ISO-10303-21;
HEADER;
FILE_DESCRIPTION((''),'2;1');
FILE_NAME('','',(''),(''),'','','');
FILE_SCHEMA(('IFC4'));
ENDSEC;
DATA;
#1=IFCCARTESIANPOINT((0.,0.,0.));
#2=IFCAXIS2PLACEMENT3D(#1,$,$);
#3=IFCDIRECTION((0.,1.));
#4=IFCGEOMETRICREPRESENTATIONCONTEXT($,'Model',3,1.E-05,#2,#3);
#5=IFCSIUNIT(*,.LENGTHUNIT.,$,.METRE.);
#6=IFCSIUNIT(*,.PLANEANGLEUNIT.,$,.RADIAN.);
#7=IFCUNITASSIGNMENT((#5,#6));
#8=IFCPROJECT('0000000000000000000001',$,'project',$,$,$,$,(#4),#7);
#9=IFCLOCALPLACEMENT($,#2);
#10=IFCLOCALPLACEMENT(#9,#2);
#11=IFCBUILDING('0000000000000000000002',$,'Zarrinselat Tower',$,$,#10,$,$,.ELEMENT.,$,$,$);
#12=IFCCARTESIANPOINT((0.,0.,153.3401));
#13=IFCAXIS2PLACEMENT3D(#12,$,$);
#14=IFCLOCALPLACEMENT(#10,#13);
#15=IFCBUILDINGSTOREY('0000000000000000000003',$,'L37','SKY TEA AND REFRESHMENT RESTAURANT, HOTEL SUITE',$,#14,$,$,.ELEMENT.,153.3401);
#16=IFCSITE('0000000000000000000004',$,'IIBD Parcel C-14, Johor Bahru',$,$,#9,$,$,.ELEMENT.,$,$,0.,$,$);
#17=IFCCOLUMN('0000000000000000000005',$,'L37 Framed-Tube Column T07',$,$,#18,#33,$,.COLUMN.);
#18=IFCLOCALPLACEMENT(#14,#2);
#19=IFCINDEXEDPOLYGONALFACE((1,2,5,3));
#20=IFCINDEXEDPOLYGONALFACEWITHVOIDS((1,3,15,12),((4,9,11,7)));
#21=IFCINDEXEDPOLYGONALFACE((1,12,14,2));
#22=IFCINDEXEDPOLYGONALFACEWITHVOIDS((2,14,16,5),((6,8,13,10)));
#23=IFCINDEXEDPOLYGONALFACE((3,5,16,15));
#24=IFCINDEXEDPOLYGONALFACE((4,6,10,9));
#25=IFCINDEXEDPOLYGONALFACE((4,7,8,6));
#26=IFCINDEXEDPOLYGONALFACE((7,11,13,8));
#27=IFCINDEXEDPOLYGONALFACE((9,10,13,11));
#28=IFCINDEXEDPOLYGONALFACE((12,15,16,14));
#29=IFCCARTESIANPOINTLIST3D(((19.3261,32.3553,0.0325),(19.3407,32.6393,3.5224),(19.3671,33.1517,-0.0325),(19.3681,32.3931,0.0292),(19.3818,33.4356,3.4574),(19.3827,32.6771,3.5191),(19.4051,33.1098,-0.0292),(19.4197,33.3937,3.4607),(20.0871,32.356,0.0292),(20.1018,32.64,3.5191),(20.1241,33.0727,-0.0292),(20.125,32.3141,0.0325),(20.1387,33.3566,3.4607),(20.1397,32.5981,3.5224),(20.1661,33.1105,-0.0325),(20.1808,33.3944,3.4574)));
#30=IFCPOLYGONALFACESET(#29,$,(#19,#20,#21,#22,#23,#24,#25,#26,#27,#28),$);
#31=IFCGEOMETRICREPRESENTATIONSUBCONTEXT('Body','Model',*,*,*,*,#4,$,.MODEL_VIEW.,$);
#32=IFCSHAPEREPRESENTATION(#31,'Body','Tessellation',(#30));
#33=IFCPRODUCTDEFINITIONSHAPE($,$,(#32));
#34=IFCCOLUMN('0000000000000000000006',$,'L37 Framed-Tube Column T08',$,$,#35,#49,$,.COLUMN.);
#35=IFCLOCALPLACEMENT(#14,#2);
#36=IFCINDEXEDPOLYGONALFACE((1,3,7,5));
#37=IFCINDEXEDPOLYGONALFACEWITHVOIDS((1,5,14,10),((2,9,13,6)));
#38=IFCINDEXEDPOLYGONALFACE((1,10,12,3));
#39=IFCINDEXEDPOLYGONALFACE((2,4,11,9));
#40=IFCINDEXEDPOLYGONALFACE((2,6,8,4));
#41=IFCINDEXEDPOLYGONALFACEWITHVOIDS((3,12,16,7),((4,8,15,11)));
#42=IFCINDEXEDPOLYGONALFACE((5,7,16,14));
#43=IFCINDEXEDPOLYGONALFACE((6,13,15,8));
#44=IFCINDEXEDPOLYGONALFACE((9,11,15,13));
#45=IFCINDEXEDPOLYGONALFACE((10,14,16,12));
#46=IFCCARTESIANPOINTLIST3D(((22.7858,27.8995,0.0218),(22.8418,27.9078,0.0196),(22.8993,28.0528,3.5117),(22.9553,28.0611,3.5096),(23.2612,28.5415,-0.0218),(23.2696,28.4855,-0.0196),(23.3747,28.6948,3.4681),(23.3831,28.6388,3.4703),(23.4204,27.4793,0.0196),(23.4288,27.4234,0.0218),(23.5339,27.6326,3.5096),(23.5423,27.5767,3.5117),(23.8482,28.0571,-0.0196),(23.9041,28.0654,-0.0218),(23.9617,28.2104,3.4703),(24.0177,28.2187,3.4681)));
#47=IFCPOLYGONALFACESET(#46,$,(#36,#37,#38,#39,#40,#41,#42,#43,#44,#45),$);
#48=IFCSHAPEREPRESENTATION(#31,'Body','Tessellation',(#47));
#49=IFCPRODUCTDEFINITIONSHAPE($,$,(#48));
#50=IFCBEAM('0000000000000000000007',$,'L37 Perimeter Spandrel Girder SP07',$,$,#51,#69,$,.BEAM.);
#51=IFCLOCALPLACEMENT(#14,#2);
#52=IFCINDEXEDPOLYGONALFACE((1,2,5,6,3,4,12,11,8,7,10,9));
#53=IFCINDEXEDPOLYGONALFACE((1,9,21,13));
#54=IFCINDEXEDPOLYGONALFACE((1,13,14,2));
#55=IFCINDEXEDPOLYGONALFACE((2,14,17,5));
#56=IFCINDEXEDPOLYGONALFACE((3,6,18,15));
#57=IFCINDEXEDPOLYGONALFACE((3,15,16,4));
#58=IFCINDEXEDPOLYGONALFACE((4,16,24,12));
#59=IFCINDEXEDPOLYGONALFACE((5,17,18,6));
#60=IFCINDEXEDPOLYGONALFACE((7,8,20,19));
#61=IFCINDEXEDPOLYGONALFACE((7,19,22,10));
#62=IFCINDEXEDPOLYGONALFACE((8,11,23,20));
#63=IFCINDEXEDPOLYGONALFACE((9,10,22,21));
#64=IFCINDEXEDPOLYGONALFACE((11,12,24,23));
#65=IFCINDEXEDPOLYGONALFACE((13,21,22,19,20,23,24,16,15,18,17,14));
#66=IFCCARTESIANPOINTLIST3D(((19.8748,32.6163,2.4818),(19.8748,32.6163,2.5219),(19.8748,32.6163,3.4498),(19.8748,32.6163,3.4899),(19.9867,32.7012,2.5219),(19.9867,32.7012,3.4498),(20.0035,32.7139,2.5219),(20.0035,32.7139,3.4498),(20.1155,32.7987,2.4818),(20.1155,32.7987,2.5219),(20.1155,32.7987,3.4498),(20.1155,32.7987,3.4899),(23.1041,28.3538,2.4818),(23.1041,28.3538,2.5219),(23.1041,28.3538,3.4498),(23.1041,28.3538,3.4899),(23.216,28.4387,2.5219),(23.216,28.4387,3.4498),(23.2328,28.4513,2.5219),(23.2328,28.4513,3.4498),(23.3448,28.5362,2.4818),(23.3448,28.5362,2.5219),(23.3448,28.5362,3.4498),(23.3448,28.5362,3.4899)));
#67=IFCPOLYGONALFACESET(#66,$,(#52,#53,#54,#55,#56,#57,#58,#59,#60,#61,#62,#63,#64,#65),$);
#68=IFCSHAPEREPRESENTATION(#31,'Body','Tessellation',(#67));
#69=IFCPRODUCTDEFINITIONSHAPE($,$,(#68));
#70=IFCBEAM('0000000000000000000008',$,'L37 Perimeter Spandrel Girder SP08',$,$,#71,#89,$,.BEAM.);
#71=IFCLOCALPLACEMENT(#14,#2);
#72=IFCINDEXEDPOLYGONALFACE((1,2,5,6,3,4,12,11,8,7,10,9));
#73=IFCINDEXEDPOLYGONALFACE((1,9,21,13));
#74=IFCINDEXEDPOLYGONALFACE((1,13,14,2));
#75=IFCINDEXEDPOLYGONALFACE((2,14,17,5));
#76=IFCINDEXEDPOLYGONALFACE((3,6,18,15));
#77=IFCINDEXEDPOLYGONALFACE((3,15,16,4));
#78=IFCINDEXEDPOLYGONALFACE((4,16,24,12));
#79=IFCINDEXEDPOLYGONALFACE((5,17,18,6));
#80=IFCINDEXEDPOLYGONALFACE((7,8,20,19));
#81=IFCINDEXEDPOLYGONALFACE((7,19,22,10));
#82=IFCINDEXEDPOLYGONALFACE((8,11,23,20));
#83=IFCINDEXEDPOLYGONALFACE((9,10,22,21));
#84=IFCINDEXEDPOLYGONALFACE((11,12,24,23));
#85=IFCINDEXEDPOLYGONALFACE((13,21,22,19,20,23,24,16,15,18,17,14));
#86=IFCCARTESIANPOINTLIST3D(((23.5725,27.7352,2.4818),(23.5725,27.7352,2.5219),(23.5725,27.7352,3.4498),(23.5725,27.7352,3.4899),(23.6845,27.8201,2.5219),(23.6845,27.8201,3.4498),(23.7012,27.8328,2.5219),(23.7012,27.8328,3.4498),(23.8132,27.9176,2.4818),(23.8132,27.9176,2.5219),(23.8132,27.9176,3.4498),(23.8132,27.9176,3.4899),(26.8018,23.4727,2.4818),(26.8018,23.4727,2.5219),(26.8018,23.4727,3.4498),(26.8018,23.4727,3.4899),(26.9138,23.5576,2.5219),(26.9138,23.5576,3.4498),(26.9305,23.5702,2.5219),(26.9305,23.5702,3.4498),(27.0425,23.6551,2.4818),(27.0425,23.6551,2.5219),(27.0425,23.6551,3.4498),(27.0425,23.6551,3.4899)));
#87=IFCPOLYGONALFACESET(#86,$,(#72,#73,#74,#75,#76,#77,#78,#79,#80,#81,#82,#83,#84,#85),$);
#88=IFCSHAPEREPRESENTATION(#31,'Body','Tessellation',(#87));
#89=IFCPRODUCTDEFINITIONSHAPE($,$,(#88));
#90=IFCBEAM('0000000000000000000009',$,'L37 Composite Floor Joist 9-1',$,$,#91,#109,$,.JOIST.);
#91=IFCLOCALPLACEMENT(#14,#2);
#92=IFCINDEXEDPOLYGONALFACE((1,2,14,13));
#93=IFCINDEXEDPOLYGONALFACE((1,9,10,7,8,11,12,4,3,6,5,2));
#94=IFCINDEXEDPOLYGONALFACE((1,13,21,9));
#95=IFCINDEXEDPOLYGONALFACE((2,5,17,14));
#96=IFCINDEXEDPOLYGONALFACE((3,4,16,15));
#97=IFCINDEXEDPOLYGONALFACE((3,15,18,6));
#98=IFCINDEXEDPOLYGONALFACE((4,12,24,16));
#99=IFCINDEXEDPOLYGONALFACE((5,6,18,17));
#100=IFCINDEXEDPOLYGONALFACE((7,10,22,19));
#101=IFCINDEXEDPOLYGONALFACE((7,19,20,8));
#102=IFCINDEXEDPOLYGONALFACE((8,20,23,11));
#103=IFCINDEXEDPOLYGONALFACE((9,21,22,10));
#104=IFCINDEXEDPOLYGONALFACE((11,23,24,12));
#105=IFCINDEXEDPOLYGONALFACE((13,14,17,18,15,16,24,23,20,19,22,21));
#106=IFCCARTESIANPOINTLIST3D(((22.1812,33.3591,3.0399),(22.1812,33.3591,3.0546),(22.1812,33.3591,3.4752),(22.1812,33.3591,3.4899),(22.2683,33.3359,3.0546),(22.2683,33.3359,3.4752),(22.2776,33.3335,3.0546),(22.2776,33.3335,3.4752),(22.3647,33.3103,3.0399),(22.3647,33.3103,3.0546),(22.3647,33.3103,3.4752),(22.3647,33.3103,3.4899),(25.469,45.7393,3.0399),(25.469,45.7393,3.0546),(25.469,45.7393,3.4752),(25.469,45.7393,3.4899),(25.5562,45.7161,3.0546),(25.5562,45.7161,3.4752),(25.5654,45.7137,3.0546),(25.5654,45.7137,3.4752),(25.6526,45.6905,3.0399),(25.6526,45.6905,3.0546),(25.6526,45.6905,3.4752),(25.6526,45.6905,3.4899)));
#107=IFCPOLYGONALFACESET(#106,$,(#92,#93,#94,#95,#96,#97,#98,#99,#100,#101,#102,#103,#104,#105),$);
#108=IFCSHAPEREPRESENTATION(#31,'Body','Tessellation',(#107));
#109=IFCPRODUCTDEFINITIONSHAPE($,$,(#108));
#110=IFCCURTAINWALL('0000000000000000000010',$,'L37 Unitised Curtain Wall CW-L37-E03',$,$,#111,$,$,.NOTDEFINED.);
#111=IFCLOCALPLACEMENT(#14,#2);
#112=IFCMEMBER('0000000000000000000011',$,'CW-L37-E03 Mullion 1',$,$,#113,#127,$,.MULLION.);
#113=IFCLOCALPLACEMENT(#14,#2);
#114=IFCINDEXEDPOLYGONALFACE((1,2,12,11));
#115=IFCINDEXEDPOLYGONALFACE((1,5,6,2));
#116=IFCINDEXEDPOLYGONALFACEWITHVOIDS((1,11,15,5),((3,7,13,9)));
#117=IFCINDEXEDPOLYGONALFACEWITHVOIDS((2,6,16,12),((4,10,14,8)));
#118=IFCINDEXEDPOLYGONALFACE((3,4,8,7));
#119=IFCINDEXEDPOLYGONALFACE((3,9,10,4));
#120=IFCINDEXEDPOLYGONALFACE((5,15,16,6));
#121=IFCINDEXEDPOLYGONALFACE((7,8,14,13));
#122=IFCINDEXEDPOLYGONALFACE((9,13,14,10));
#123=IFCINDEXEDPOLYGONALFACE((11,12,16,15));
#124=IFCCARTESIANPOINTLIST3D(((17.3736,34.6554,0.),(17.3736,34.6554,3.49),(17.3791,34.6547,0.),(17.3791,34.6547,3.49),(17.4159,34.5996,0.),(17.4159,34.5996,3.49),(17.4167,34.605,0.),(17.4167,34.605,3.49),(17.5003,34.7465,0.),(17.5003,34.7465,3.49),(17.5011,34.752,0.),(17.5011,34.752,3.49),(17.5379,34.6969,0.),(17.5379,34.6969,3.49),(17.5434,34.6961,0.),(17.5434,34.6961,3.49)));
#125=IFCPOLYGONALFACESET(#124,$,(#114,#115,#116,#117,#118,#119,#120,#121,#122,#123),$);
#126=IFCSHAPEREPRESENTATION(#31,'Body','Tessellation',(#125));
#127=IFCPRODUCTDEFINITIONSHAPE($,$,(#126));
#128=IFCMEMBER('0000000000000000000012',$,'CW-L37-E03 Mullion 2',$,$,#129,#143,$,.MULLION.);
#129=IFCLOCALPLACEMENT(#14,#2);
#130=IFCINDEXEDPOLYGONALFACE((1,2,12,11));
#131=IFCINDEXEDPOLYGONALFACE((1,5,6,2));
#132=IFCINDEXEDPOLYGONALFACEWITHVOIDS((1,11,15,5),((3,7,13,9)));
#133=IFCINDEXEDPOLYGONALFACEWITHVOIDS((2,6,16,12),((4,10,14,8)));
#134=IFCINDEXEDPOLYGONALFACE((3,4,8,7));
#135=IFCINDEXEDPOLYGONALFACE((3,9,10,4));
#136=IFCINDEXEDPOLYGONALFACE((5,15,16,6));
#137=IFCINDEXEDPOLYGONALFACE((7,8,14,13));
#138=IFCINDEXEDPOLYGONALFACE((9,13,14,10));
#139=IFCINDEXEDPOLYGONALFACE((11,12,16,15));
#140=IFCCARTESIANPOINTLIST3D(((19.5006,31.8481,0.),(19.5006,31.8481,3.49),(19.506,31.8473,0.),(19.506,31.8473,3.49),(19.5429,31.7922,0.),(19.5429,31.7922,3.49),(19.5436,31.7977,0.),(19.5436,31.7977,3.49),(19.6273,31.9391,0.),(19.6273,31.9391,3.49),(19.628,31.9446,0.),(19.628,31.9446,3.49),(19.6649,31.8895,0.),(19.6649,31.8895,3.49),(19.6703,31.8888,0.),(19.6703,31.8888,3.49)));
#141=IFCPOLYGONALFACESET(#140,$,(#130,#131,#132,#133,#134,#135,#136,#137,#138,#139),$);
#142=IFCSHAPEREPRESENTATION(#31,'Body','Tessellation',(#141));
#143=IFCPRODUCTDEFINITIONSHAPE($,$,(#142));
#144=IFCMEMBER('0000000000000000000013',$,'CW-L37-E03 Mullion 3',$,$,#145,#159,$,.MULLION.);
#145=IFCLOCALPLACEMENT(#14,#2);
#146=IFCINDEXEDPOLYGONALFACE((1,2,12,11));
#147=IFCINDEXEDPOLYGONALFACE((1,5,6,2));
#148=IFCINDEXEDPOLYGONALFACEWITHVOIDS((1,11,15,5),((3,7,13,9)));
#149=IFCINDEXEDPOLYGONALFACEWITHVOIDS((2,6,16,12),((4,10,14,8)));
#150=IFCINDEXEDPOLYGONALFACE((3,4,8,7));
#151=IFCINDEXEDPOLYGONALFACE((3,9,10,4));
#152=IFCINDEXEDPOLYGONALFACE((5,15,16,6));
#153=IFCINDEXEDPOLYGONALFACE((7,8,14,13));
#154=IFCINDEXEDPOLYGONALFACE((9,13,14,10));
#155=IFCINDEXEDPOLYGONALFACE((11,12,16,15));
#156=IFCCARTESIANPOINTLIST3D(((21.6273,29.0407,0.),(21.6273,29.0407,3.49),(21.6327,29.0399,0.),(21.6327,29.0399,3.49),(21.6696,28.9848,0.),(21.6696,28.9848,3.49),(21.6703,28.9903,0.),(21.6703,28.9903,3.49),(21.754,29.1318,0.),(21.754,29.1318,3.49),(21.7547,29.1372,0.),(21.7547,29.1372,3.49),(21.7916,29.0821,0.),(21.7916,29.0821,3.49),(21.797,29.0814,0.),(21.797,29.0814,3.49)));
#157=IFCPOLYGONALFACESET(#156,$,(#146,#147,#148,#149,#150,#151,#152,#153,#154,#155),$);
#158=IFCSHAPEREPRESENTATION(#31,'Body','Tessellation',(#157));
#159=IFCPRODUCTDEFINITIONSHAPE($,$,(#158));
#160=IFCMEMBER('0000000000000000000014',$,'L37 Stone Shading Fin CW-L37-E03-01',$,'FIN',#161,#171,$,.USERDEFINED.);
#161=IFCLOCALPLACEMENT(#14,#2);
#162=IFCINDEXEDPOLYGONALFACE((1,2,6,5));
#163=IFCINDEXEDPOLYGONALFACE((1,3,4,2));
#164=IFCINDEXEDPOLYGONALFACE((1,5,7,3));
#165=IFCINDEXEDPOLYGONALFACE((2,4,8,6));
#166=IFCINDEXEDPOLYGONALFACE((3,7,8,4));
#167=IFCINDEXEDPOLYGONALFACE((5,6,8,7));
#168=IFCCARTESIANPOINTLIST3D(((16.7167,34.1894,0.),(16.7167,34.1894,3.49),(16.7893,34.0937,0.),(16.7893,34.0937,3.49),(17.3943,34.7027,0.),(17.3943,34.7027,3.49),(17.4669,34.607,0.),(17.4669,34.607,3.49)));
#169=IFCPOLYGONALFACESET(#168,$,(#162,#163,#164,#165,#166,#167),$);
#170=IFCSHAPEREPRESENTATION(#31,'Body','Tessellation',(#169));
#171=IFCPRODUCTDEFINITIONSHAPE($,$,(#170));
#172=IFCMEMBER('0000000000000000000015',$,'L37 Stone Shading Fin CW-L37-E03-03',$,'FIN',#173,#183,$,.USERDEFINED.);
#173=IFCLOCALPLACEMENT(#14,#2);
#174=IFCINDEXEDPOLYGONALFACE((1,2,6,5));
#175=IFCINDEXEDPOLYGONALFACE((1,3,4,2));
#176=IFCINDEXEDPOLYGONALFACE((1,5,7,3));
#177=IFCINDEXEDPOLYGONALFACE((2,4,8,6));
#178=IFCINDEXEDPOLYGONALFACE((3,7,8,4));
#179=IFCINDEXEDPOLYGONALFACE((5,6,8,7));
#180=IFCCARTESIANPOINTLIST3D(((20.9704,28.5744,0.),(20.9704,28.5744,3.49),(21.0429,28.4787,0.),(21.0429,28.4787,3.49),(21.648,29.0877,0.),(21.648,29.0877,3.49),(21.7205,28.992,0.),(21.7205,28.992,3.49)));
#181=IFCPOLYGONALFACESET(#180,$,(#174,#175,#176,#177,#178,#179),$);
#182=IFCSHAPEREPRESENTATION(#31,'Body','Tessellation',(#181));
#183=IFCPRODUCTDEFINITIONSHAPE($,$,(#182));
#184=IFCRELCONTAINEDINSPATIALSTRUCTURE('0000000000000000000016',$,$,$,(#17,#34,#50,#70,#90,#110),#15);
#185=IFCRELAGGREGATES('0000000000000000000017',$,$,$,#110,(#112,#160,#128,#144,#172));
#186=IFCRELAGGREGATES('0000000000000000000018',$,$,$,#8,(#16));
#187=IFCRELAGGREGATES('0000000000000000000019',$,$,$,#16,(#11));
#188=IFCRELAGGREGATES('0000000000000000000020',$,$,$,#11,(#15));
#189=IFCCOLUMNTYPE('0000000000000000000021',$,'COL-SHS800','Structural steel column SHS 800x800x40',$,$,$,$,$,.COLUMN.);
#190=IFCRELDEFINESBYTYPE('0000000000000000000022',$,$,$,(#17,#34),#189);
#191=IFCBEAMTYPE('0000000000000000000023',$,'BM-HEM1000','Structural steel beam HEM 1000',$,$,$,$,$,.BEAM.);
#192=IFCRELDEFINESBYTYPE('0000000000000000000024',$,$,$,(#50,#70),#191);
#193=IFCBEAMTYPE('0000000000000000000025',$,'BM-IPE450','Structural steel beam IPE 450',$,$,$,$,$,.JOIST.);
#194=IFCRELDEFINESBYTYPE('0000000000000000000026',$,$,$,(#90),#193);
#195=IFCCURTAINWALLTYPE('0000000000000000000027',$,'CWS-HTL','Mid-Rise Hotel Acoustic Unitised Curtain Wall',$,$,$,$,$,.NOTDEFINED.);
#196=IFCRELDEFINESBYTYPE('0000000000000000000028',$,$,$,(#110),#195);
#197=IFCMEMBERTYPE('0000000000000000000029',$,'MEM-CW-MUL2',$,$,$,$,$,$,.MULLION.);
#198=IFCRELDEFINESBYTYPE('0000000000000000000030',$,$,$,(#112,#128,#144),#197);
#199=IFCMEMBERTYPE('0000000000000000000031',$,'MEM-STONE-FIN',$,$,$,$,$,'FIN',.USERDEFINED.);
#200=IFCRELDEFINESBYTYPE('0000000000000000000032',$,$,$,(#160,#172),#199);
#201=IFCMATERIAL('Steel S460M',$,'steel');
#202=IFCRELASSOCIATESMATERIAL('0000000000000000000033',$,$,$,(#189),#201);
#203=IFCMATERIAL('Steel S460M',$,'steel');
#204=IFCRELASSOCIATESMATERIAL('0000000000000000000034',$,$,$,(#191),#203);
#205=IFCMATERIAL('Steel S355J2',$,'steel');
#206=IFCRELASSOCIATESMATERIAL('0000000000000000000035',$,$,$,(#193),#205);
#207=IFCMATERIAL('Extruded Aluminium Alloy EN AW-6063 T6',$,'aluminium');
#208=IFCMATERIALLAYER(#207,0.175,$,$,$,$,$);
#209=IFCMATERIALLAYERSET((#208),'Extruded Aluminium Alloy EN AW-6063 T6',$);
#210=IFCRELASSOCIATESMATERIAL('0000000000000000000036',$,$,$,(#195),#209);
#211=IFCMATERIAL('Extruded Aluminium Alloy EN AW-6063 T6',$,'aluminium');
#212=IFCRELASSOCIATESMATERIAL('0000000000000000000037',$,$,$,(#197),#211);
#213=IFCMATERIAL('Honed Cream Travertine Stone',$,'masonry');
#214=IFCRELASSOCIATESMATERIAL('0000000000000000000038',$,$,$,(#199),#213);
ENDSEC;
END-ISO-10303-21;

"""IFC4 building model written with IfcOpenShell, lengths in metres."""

from ifc_helpers import new_model, si_unit, direction, frame, origin, origin_2d, place, context, subcontext, project, spatial, rectangle, hollow_rectangle, i_section, extrude, material, layer, layer_set, material_profile, profile_set, type_object, element, aggregate, save


model = new_model("IFC4")

# Units and contexts
model_context = context("Model", 3, precision=1e-05, world=origin(), true_north=direction((0.0, 1.0)))
body_context = subcontext(model_context, "Body", "Model", "MODEL_VIEW")
ifc_project = project(units=[si_unit("LENGTHUNIT", "METRE"), si_unit("PLANEANGLEUNIT", "RADIAN")], contexts=[model_context])

# Site, building, storey
site_placement = place(None, origin())
site = spatial("IfcSite", under=ifc_project, at=site_placement, Name="IIBD Parcel C-14, Johor Bahru", CompositionType="ELEMENT", RefElevation=0.0)
building_placement = place(site_placement, origin())
building = spatial("IfcBuilding", under=site, at=building_placement, Name="Zarrinselat Tower", CompositionType="ELEMENT")
storey_placement = place(building_placement, frame((0.0, 0.0, 153.3401)))
storey = spatial("IfcBuildingStorey", under=building, at=storey_placement, Name="L37", Description="SKY TEA AND REFRESHMENT RESTAURANT, HOTEL SUITE", CompositionType="ELEMENT", Elevation=153.3401)

# Columns
ifc_material_1 = material(Name="Steel S460M", Category="steel")
ifc_material_profile_1 = material_profile(ifc_material_1, hollow_rectangle(XDim=0.8, YDim=0.8, WallThickness=0.04, at=origin_2d()), Name="SHS 800x800x40")
ifc_profile_set_1 = profile_set([ifc_material_profile_1], Name="Steel S460M")
column_type = type_object("IfcColumnType", Name="COL-SHS800", Description="Structural steel column SHS 800x800x40", PredefinedType="COLUMN", material=ifc_profile_set_1)
column_1_placement = place(storey_placement, frame((19.7461, 32.7329, 0.0), z_axis=(0.004183, 0.081088, 0.996698), x_axis=(-0.998672, 0.051522, 0.0)))
element("IfcColumn", 1, at=column_1_placement, inside=storey, type_object=column_type, Name="L37 Framed-Tube Column T07", PredefinedType="COLUMN", context=body_context, shape_type="SweptSolid", body=[
    extrude(hollow_rectangle(XDim=0.8, YDim=0.8, WallThickness=0.04, at=origin_2d()), origin(), (0.0, 0.0, 1.0), 3.5015),
])
column_2_placement = place(storey_placement, frame((23.345, 27.9824, 0.0), z_axis=(0.03248, 0.043866, 0.998509), x_axis=(-0.803671, 0.595075, 0.0)))
element("IfcColumn", 2, at=column_2_placement, inside=storey, type_object=column_type, Name="L37 Framed-Tube Column T08", PredefinedType="COLUMN", context=body_context, shape_type="SweptSolid", body=[
    extrude(hollow_rectangle(XDim=0.8, YDim=0.8, WallThickness=0.04, at=origin_2d()), origin(), (0.0, 0.0, 1.0), 3.4951),
])

# Beams
ifc_material_2 = material(Name="Steel S460M", Category="steel")
ifc_material_profile_2 = material_profile(ifc_material_2, i_section(OverallWidth=0.302, OverallDepth=1.0081, WebThickness=0.021, FlangeThickness=0.04, at=origin_2d()), Name="HEM 1000")
ifc_profile_set_2 = profile_set([ifc_material_profile_2], Name="Steel S460M")
beam_type_1 = type_object("IfcBeamType", Name="BM-HEM1000", Description="Structural steel beam HEM 1000", PredefinedType="BEAM", material=ifc_profile_set_2)
for number, where, z_axis, x_axis, name in (
    (3, (19.9951, 32.7075, 2.9858), (0.603872, -0.797081, 0.0), (0.797081, 0.603872, 0.0), "L37 Perimeter Spandrel Girder SP07"),
    (4, (23.6929, 27.8264, 2.9858), (0.603872, -0.797081, 0.0), (0.797081, 0.603872, 0.0), "L37 Perimeter Spandrel Girder SP08"),
):
    element("IfcBeam", number, at=place(storey_placement, frame(where, z_axis=z_axis, x_axis=x_axis)), inside=storey, type_object=beam_type_1, Name=name, PredefinedType="BEAM", context=body_context, shape_type="SweptSolid", body=[
        extrude(i_section(OverallWidth=0.302, OverallDepth=1.0081, WebThickness=0.021, FlangeThickness=0.04, at=origin_2d()), origin(), (0.0, 0.0, 1.0), 5.3477),
    ])
ifc_material_3 = material(Name="Steel S355J2", Category="steel")
ifc_material_profile_3 = material_profile(ifc_material_3, i_section(OverallWidth=0.1899, OverallDepth=0.45, WebThickness=0.0095, FlangeThickness=0.0146, at=origin_2d()), Name="IPE 450")
ifc_profile_set_3 = profile_set([ifc_material_profile_3], Name="Steel S355J2")
beam_type_2 = type_object("IfcBeamType", Name="BM-IPE450", Description="Structural steel beam IPE 450", PredefinedType="JOIST", material=ifc_profile_set_3)
beam_placement = place(storey_placement, frame((22.2729, 33.3347, 3.2649), z_axis=(0.256677, 0.966497, 0.0), x_axis=(-0.966497, 0.256677, 0.0)))
element("IfcBeam", 5, at=beam_placement, inside=storey, type_object=beam_type_2, Name="L37 Composite Floor Joist 9-1", PredefinedType="JOIST", context=body_context, shape_type="SweptSolid", body=[
    extrude(i_section(OverallWidth=0.1899, OverallDepth=0.45, WebThickness=0.0095, FlangeThickness=0.0146, at=origin_2d()), origin(), (0.0, 0.0, 1.0), 12.8093),
])

# Curtain wall, members
ifc_material_4 = material(Name="Extruded Aluminium Alloy EN AW-6063 T6", Category="aluminium")
ifc_layer_1 = layer(ifc_material_4, 0.175)
ifc_layer_set_1 = layer_set([ifc_layer_1], Name="Extruded Aluminium Alloy EN AW-6063 T6")
curtain_wall_type = type_object("IfcCurtainWallType", Name="CWS-HTL", Description="Mid-Rise Hotel Acoustic Unitised Curtain Wall", PredefinedType="NOTDEFINED", material=ifc_layer_set_1)
curtain_wall_placement = place(storey_placement, origin())
curtain_wall = element("IfcCurtainWall", 6, at=curtain_wall_placement, inside=storey, type_object=curtain_wall_type, Name="L37 Unitised Curtain Wall CW-L37-E03", PredefinedType="NOTDEFINED")
ifc_material_5 = material(Name="Extruded Aluminium Alloy EN AW-6063 T6", Category="aluminium")
ifc_material_profile_4 = material_profile(ifc_material_5, hollow_rectangle(XDim=0.0701, YDim=0.1599, WallThickness=0.0039, at=origin_2d()), Name="RHS 160x70x4")
ifc_profile_set_4 = profile_set([ifc_material_profile_4], Name="Extruded Aluminium Alloy EN AW-6063 T6")
member_type_1 = type_object("IfcMemberType", Name="MEM-CW-MUL2", PredefinedType="MULLION", material=ifc_profile_set_4)
member_1_placement = place(storey_placement, frame((17.4585, 34.6758, 0.0), z_axis=(0.0, 0.0, 1.0), x_axis=(0.603857, -0.797093, 0.0)))
member_1 = element("IfcMember", 7, at=member_1_placement, type_object=member_type_1, Name="CW-L37-E03 Mullion 1", PredefinedType="MULLION", context=body_context, shape_type="SweptSolid", body=[
    extrude(hollow_rectangle(XDim=0.0701, YDim=0.1599, WallThickness=0.0039, at=origin_2d()), origin(), (0.0, 0.0, 1.0), 3.49),
])
member_2_placement = place(storey_placement, frame((19.5854, 31.8684, 0.0), z_axis=(0.0, 0.0, 1.0), x_axis=(0.603857, -0.797093, 0.0)))
member_2 = element("IfcMember", 8, at=member_2_placement, type_object=member_type_1, Name="CW-L37-E03 Mullion 2", PredefinedType="MULLION", context=body_context, shape_type="SweptSolid", body=[
    extrude(hollow_rectangle(XDim=0.0701, YDim=0.1599, WallThickness=0.0039, at=origin_2d()), origin(), (0.0, 0.0, 1.0), 3.49),
])
member_3_placement = place(storey_placement, frame((21.7122, 29.061, 0.0), z_axis=(0.0, 0.0, 1.0), x_axis=(0.603857, -0.797093, 0.0)))
member_3 = element("IfcMember", 9, at=member_3_placement, type_object=member_type_1, Name="CW-L37-E03 Mullion 3", PredefinedType="MULLION", context=body_context, shape_type="SweptSolid", body=[
    extrude(hollow_rectangle(XDim=0.0701, YDim=0.1599, WallThickness=0.0039, at=origin_2d()), origin(), (0.0, 0.0, 1.0), 3.49),
])
ifc_material_6 = material(Name="Honed Cream Travertine Stone", Category="masonry")
ifc_material_profile_5 = material_profile(ifc_material_6, rectangle(XDim=0.1201, YDim=0.8501, at=origin_2d()), Name="FIN 850x120")
ifc_profile_set_5 = profile_set([ifc_material_profile_5], Name="Honed Cream Travertine Stone")
member_type_2 = type_object("IfcMemberType", Name="MEM-STONE-FIN", ElementType="FIN", PredefinedType="USERDEFINED", material=ifc_profile_set_5)
member_4_placement = place(storey_placement, frame((17.0918, 34.3982, 0.0), z_axis=(0.0, 0.0, 1.0), x_axis=(-0.603857, 0.797093, 0.0)))
member_4 = element("IfcMember", 10, at=member_4_placement, type_object=member_type_2, Name="L37 Stone Shading Fin CW-L37-E03-01", ObjectType="FIN", PredefinedType="USERDEFINED", context=body_context, shape_type="SweptSolid", body=[
    extrude(rectangle(XDim=0.1201, YDim=0.8501, at=origin_2d()), origin(), (0.0, 0.0, 1.0), 3.49),
])
member_5_placement = place(storey_placement, frame((21.3455, 28.7832, 0.0), z_axis=(0.0, 0.0, 1.0), x_axis=(-0.603857, 0.797093, 0.0)))
member_5 = element("IfcMember", 11, at=member_5_placement, type_object=member_type_2, Name="L37 Stone Shading Fin CW-L37-E03-03", ObjectType="FIN", PredefinedType="USERDEFINED", context=body_context, shape_type="SweptSolid", body=[
    extrude(rectangle(XDim=0.1201, YDim=0.8501, at=origin_2d()), origin(), (0.0, 0.0, 1.0), 3.49),
])
aggregate(curtain_wall, [member_1, member_4, member_2, member_3, member_5])

save(model, "model.ifc")
